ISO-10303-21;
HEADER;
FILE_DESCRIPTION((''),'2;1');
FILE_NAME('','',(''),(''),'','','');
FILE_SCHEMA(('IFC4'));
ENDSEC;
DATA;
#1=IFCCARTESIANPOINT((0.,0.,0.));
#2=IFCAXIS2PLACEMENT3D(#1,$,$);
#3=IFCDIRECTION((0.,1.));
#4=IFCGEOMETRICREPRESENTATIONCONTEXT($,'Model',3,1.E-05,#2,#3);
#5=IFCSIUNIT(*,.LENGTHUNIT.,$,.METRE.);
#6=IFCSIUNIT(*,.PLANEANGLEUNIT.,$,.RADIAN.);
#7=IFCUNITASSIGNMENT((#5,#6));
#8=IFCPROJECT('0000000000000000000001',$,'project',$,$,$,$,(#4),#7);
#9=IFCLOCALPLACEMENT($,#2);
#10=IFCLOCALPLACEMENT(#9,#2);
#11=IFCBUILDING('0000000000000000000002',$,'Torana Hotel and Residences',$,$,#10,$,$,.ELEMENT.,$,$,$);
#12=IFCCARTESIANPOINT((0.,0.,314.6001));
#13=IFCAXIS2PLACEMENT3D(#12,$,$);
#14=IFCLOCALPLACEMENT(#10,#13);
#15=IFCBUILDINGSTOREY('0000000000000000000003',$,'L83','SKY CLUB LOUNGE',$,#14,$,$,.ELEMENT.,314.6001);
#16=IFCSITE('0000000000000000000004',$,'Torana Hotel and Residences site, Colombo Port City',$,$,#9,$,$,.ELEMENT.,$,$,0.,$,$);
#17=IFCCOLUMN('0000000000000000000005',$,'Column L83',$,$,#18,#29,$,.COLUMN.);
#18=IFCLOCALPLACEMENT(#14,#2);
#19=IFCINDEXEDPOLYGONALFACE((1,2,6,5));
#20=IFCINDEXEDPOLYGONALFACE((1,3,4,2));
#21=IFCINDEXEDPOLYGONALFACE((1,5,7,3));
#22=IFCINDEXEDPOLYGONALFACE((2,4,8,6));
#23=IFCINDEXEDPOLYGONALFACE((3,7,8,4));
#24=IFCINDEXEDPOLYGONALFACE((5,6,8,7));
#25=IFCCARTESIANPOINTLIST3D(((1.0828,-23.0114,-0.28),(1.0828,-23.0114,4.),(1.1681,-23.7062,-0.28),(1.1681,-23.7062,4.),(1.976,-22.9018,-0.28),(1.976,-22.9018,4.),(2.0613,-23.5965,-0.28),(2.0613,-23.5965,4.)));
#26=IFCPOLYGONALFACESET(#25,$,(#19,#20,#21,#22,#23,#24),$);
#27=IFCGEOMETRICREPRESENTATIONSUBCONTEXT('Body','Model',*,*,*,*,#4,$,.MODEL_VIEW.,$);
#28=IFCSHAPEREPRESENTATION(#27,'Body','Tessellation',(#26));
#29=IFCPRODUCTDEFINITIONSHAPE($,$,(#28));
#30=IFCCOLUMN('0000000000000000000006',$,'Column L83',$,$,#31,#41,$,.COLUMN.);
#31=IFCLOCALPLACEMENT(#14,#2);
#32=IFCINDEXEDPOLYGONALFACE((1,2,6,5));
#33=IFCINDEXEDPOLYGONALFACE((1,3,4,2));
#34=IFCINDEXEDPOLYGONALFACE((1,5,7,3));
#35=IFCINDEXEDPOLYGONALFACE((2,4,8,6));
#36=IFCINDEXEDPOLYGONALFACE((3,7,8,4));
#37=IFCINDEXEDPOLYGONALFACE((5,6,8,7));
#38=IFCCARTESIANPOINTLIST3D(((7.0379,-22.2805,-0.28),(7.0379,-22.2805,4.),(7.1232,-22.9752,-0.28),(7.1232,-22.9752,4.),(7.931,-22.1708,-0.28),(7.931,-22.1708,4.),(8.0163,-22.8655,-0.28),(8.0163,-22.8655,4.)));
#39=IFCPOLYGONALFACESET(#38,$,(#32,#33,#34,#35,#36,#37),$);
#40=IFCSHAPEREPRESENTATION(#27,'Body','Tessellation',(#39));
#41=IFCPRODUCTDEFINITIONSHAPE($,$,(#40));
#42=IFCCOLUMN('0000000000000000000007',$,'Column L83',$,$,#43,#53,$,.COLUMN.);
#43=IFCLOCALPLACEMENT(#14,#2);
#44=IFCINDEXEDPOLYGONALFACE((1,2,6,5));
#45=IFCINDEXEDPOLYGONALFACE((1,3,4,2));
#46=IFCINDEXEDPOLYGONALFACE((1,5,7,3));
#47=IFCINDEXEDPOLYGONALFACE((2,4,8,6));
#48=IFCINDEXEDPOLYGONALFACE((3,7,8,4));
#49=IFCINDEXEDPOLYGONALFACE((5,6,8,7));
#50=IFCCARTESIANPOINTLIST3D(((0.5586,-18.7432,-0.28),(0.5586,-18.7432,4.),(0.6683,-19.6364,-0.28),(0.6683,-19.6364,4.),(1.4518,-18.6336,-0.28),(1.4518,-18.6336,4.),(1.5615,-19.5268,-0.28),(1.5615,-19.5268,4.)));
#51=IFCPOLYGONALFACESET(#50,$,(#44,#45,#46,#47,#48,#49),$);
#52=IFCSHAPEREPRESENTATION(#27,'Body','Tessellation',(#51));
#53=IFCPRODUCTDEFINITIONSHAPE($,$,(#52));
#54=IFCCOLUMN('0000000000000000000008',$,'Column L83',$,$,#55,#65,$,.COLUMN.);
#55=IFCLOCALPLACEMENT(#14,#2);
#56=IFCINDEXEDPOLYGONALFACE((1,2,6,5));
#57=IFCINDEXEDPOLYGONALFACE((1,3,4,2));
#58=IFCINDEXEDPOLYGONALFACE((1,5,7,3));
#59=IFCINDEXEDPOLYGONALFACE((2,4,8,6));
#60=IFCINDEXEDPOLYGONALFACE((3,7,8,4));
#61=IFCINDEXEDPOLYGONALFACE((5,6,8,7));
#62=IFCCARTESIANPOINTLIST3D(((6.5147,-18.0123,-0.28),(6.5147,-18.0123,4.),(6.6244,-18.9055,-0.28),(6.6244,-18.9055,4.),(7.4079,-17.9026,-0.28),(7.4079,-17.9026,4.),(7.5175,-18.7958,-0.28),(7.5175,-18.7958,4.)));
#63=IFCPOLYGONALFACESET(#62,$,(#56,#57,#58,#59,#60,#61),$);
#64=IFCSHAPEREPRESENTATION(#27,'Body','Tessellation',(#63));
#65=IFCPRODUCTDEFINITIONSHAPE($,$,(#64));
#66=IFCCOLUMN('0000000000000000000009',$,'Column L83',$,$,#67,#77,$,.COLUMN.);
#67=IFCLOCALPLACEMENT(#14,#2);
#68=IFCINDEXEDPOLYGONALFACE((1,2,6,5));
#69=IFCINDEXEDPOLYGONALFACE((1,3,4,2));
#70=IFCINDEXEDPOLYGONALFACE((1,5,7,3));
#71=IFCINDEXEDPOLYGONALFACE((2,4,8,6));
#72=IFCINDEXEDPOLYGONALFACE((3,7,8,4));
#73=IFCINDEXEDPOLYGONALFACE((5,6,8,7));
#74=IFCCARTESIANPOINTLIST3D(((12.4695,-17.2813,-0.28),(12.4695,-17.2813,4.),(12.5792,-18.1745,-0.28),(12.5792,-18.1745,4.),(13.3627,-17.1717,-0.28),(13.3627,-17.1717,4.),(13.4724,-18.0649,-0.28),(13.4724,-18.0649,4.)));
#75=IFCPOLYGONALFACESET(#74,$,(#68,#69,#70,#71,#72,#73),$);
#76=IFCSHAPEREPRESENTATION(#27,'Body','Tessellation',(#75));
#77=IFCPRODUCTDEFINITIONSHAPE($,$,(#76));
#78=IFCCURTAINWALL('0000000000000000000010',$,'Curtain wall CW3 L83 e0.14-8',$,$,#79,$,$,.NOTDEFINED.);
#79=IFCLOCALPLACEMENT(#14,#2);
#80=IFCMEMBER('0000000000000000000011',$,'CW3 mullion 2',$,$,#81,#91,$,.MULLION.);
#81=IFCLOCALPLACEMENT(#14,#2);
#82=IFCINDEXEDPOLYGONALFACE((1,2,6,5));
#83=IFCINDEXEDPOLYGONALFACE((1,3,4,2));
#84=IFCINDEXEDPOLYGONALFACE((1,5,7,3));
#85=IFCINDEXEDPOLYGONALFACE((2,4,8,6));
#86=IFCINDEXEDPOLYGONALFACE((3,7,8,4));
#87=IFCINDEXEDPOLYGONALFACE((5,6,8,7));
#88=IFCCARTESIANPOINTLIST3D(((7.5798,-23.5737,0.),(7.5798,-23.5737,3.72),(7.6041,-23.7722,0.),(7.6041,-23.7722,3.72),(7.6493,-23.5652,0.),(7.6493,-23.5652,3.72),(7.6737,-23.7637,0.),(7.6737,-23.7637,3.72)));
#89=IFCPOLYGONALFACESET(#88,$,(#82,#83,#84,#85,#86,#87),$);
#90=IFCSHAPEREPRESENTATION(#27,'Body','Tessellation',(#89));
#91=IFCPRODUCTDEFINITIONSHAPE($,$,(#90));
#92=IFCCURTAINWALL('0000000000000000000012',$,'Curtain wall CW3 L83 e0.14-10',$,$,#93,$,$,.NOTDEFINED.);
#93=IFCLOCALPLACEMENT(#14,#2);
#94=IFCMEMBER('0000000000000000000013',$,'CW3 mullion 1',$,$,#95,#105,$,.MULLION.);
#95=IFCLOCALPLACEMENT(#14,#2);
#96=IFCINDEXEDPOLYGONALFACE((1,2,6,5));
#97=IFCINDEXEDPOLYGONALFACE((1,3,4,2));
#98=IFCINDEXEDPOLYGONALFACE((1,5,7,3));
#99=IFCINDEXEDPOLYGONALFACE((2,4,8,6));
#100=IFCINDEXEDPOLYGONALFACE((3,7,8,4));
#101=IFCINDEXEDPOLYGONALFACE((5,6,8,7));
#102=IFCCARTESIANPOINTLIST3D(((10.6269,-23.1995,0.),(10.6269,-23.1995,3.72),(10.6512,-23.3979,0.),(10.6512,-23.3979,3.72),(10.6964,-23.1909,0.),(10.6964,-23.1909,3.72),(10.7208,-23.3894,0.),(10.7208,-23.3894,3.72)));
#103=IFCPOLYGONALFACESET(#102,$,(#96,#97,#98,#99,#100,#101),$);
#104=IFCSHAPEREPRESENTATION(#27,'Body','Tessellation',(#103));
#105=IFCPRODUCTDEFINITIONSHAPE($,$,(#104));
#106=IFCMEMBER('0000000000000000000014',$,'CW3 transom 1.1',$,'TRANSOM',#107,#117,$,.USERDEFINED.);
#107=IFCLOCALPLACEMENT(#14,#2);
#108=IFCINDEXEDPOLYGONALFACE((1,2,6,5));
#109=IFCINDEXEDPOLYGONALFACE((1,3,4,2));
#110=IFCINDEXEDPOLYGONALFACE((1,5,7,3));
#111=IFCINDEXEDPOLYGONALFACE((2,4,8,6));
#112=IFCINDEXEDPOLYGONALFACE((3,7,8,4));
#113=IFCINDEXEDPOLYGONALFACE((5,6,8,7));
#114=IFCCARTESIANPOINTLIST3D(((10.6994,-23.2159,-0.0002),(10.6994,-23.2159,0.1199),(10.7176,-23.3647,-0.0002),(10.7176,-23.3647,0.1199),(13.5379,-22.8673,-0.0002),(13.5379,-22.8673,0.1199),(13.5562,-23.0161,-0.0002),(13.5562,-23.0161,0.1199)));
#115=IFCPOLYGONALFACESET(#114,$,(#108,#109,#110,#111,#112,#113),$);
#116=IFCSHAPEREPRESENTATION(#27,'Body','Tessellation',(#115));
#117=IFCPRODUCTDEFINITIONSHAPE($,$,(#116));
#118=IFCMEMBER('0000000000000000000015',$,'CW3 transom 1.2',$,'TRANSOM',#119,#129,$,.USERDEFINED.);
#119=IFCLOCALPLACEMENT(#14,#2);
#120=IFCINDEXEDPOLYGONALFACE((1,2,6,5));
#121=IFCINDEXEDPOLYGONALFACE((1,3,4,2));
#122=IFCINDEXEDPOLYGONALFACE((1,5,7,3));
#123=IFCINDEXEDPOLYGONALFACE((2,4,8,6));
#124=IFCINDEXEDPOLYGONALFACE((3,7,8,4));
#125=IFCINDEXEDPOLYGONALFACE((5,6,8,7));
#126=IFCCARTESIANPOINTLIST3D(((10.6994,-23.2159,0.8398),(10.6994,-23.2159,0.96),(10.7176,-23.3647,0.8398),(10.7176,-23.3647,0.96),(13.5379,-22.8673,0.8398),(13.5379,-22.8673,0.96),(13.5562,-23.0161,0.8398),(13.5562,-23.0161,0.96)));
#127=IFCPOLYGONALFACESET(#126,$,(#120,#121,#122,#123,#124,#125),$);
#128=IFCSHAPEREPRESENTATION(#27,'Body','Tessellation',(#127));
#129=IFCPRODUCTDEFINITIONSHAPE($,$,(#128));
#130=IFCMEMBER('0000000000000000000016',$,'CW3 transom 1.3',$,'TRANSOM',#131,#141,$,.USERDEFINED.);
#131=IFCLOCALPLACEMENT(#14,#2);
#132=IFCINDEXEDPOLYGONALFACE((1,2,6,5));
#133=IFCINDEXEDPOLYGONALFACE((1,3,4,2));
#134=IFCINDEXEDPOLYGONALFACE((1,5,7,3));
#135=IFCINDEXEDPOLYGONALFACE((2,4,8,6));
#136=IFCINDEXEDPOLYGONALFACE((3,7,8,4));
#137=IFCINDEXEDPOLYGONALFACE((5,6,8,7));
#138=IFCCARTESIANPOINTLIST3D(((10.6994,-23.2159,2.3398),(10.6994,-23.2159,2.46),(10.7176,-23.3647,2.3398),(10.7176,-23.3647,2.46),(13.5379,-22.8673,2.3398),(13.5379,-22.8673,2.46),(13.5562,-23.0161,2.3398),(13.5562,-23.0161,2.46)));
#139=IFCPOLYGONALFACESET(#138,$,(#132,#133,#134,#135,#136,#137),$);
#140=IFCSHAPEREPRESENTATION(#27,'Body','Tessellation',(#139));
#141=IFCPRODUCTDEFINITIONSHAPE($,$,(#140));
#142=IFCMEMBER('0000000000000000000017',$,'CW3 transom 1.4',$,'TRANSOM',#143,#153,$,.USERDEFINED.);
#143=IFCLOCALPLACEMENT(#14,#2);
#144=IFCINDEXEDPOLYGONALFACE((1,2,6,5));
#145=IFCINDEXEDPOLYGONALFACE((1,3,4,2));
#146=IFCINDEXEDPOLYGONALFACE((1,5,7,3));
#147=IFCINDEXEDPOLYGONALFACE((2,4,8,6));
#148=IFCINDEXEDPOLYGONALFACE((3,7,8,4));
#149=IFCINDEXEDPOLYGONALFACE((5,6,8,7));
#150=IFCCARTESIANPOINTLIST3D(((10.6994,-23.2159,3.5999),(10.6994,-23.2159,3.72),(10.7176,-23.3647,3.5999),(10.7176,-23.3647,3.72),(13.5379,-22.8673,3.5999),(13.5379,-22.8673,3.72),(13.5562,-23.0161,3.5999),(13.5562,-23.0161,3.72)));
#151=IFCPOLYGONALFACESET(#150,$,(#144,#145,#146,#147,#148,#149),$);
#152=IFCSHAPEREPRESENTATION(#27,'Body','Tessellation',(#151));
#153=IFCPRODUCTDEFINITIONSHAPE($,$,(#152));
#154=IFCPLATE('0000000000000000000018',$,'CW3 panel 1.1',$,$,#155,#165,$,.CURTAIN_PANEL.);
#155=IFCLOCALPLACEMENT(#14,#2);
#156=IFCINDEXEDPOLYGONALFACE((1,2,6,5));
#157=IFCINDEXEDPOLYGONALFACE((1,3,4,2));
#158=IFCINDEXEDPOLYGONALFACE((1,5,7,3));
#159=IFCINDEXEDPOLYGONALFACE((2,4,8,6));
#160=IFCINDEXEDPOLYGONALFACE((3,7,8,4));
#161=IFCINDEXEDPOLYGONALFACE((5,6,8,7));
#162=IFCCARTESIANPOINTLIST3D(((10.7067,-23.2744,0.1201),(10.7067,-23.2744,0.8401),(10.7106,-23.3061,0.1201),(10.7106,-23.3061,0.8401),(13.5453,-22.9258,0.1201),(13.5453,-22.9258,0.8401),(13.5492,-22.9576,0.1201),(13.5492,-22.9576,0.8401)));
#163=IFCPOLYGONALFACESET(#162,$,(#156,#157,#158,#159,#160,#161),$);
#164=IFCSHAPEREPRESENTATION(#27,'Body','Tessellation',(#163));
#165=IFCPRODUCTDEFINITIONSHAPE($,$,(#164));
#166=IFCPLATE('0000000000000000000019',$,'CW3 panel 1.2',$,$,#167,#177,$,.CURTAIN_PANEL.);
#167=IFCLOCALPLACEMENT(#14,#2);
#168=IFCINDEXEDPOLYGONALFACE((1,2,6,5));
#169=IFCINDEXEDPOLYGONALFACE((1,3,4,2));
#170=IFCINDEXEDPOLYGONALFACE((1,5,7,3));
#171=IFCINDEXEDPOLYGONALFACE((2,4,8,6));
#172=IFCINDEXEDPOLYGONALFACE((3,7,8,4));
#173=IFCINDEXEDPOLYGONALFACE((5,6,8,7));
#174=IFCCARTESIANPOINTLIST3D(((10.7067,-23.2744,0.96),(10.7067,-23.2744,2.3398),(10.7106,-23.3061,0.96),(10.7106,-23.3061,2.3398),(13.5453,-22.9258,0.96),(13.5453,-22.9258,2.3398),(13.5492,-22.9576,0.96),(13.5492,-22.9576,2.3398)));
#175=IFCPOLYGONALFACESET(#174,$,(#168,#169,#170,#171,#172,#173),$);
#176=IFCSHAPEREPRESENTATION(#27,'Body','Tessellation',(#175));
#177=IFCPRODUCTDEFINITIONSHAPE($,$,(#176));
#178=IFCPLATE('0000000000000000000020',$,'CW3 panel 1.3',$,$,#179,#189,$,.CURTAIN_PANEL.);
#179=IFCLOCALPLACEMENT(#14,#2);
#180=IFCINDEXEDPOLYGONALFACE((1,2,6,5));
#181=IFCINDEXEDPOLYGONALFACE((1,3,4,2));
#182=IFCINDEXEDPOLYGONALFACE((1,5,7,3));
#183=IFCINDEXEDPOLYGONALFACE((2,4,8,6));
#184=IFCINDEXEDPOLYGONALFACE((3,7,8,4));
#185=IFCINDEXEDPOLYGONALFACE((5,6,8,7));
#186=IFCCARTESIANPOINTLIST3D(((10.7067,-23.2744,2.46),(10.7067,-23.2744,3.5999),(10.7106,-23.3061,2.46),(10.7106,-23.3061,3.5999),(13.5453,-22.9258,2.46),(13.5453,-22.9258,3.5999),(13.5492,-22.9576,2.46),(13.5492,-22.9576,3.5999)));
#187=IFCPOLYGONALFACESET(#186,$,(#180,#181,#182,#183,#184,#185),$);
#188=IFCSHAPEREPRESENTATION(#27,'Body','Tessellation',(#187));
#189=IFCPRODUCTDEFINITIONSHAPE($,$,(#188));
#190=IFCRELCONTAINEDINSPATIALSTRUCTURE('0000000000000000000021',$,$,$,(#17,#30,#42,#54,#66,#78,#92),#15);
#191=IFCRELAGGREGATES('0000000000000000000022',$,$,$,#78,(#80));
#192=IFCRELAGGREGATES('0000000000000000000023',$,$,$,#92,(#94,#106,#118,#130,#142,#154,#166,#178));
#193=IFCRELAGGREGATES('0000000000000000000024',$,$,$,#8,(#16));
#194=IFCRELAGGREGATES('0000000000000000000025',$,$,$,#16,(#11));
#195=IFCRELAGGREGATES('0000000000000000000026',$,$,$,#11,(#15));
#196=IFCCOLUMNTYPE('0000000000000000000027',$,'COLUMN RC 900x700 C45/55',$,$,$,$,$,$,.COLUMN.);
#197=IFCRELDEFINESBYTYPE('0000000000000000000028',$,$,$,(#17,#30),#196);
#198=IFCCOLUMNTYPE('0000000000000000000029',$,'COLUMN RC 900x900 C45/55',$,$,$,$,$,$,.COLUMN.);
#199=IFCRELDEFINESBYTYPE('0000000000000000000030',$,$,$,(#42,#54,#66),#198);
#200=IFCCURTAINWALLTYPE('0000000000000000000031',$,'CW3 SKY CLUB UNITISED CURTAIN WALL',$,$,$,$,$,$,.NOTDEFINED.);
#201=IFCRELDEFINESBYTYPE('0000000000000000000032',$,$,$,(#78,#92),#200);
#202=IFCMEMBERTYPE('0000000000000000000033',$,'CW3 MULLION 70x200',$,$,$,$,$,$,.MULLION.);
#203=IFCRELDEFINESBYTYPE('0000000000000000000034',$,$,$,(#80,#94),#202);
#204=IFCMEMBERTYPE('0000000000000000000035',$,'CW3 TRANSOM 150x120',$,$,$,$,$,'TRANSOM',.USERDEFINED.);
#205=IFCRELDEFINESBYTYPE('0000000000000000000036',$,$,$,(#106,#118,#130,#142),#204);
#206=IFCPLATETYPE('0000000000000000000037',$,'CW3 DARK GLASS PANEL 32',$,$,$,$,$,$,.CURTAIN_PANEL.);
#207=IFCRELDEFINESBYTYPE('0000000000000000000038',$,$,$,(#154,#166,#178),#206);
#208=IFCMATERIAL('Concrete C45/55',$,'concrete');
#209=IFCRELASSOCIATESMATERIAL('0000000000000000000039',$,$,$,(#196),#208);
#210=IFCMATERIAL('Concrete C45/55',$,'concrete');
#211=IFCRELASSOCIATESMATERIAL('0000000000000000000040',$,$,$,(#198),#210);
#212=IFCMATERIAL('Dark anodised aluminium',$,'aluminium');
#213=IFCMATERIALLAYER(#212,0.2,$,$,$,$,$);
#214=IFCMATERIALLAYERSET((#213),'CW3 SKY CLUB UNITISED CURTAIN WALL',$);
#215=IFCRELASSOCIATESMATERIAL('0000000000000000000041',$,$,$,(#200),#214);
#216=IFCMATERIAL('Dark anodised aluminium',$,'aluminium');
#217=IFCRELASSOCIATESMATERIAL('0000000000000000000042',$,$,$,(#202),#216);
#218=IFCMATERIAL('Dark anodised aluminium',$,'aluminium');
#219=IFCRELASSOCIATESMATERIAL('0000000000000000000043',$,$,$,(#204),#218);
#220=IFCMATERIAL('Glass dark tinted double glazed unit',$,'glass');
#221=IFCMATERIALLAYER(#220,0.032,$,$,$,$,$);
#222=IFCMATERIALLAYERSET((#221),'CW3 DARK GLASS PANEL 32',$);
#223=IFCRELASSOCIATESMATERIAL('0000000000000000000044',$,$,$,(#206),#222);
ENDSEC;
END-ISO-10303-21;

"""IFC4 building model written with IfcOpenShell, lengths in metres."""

from ifc_helpers import new_model, si_unit, direction, frame, origin, origin_2d, place, context, subcontext, project, spatial, rectangle, extrude, material, layer, layer_set, material_profile, profile_set, type_object, element, aggregate, save


model = new_model("IFC4")

# Units and contexts
model_context = context("Model", 3, precision=1e-05, world=origin(), true_north=direction((0.0, 1.0)))
body_context = subcontext(model_context, "Body", "Model", "MODEL_VIEW")
ifc_project = project(units=[si_unit("LENGTHUNIT", "METRE"), si_unit("PLANEANGLEUNIT", "RADIAN")], contexts=[model_context])

# Site, building, storey
site_placement = place(None, origin())
site = spatial("IfcSite", under=ifc_project, at=site_placement, Name="Torana Hotel and Residences site, Colombo Port City", CompositionType="ELEMENT", RefElevation=0.0)
building_placement = place(site_placement, origin())
building = spatial("IfcBuilding", under=site, at=building_placement, Name="Torana Hotel and Residences", CompositionType="ELEMENT")
storey_placement = place(building_placement, frame((0.0, 0.0, 314.6001)))
storey = spatial("IfcBuildingStorey", under=building, at=storey_placement, Name="L83", Description="SKY CLUB LOUNGE", CompositionType="ELEMENT", Elevation=314.6001)

# Columns
ifc_material_1 = material(Name="Concrete C45/55", Category="concrete")
ifc_material_profile_1 = material_profile(ifc_material_1, rectangle(XDim=0.8999, YDim=0.7, at=origin_2d()), Name="RC 900x700")
ifc_profile_set_1 = profile_set([ifc_material_profile_1], Name="Concrete C45/55")
column_type_1 = type_object("IfcColumnType", Name="COLUMN RC 900x700 C45/55", PredefinedType="COLUMN", material=ifc_profile_set_1)
for number, where, z_axis, x_axis, name in (
    (1, (1.572, -23.304, -0.28), (0.0, 0.0, 1.0), (0.992546, 0.121869, 0.0), "Column L83"),
    (2, (7.5271, -22.573, -0.28), (0.0, 0.0, 1.0), (0.992546, 0.121869, 0.0), "Column L83"),
):
    element("IfcColumn", number, at=place(storey_placement, frame(where, z_axis=z_axis, x_axis=x_axis)), inside=storey, type_object=column_type_1, Name=name, PredefinedType="COLUMN", context=body_context, shape_type="SweptSolid", body=[
        extrude(rectangle(XDim=0.8999, YDim=0.7, at=origin_2d()), origin(), (0.0, 0.0, 1.0), 4.28),
    ])
ifc_material_2 = material(Name="Concrete C45/55", Category="concrete")
ifc_material_profile_2 = material_profile(ifc_material_2, rectangle(XDim=0.8999, YDim=0.8999, at=origin_2d()), Name="RC 900x900")
ifc_profile_set_2 = profile_set([ifc_material_profile_2], Name="Concrete C45/55")
column_type_2 = type_object("IfcColumnType", Name="COLUMN RC 900x900 C45/55", PredefinedType="COLUMN", material=ifc_profile_set_2)
for number, where, z_axis, x_axis, name in (
    (3, (1.0601, -19.135, -0.28), (0.0, 0.0, 1.0), (0.992546, 0.121869, 0.0), "Column L83"),
    (4, (7.0161, -18.4041, -0.28), (0.0, 0.0, 1.0), (0.992546, 0.121869, 0.0), "Column L83"),
    (5, (12.9709, -17.6731, -0.28), (0.0, 0.0, 1.0), (0.992546, 0.121869, 0.0), "Column L83"),
):
    element("IfcColumn", number, at=place(storey_placement, frame(where, z_axis=z_axis, x_axis=x_axis)), inside=storey, type_object=column_type_2, Name=name, PredefinedType="COLUMN", context=body_context, shape_type="SweptSolid", body=[
        extrude(rectangle(XDim=0.8999, YDim=0.8999, at=origin_2d()), origin(), (0.0, 0.0, 1.0), 4.28),
    ])

# Curtain wall, member
ifc_material_3 = material(Name="Dark anodised aluminium", Category="aluminium")
ifc_layer_1 = layer(ifc_material_3, 0.2)
ifc_layer_set_1 = layer_set([ifc_layer_1], Name="CW3 SKY CLUB UNITISED CURTAIN WALL")
curtain_wall_type = type_object("IfcCurtainWallType", Name="CW3 SKY CLUB UNITISED CURTAIN WALL", PredefinedType="NOTDEFINED", material=ifc_layer_set_1)
curtain_wall_1_placement = place(storey_placement, origin())
curtain_wall_1 = element("IfcCurtainWall", 6, at=curtain_wall_1_placement, inside=storey, type_object=curtain_wall_type, Name="Curtain wall CW3 L83 e0.14-8", PredefinedType="NOTDEFINED")
ifc_material_4 = material(Name="Dark anodised aluminium", Category="aluminium")
ifc_material_profile_3 = material_profile(ifc_material_4, rectangle(XDim=0.2, YDim=0.0701, at=origin_2d()), Name="CW3 MULLION 70x200")
ifc_profile_set_3 = profile_set([ifc_material_profile_3], Name="Dark anodised aluminium")
member_type_1 = type_object("IfcMemberType", Name="CW3 MULLION 70x200", PredefinedType="MULLION", material=ifc_profile_set_3)
member_1_placement = place(storey_placement, frame((7.6267, -23.6687, 0.0), z_axis=(0.0, 0.0, 1.0), x_axis=(-0.121868, 0.992546, 0.0)))
member_1 = element("IfcMember", 7, at=member_1_placement, type_object=member_type_1, Name="CW3 mullion 2", PredefinedType="MULLION", context=body_context, shape_type="SweptSolid", body=[
    extrude(rectangle(XDim=0.2, YDim=0.0701, at=origin_2d()), origin(), (0.0, 0.0, 1.0), 3.72),
])
aggregate(curtain_wall_1, [member_1])

# Curtain wall, members, plates
curtain_wall_2_placement = place(storey_placement, origin())
curtain_wall_2 = element("IfcCurtainWall", 8, at=curtain_wall_2_placement, inside=storey, type_object=curtain_wall_type, Name="Curtain wall CW3 L83 e0.14-10", PredefinedType="NOTDEFINED")
member_2_placement = place(storey_placement, frame((10.6738, -23.2944, 0.0), z_axis=(0.0, 0.0, 1.0), x_axis=(-0.121868, 0.992546, 0.0)))
member_2 = element("IfcMember", 9, at=member_2_placement, type_object=member_type_1, Name="CW3 mullion 1", PredefinedType="MULLION", context=body_context, shape_type="SweptSolid", body=[
    extrude(rectangle(XDim=0.2, YDim=0.0701, at=origin_2d()), origin(), (0.0, 0.0, 1.0), 3.72),
])
ifc_material_5 = material(Name="Dark anodised aluminium", Category="aluminium")
ifc_material_profile_4 = material_profile(ifc_material_5, rectangle(XDim=0.1499, YDim=0.1201, at=origin_2d()), Name="CW3 TRANSOM 150x120")
ifc_profile_set_4 = profile_set([ifc_material_profile_4], Name="Dark anodised aluminium")
member_type_2 = type_object("IfcMemberType", Name="CW3 TRANSOM 150x120", ElementType="TRANSOM", PredefinedType="USERDEFINED", material=ifc_profile_set_4)
member_3_placement = place(storey_placement, frame((10.7085, -23.2903, 0.0598), z_axis=(0.992542, 0.121902, 0.0), x_axis=(-0.121902, 0.992542, 0.0)))
member_3 = element("IfcMember", 10, at=member_3_placement, type_object=member_type_2, Name="CW3 transom 1.1", ObjectType="TRANSOM", PredefinedType="USERDEFINED", context=body_context, shape_type="SweptSolid", body=[
    extrude(rectangle(XDim=0.1499, YDim=0.1201, at=origin_2d()), origin(), (0.0, 0.0, 1.0), 2.8599),
])
member_4_placement = place(storey_placement, frame((10.7085, -23.2903, 0.8999), z_axis=(0.992542, 0.121902, 0.0), x_axis=(-0.121902, 0.992542, 0.0)))
member_4 = element("IfcMember", 11, at=member_4_placement, type_object=member_type_2, Name="CW3 transom 1.2", ObjectType="TRANSOM", PredefinedType="USERDEFINED", context=body_context, shape_type="SweptSolid", body=[
    extrude(rectangle(XDim=0.1499, YDim=0.1201, at=origin_2d()), origin(), (0.0, 0.0, 1.0), 2.8599),
])
member_5_placement = place(storey_placement, frame((10.7085, -23.2903, 2.3999), z_axis=(0.992542, 0.121902, 0.0), x_axis=(-0.121902, 0.992542, 0.0)))
member_5 = element("IfcMember", 12, at=member_5_placement, type_object=member_type_2, Name="CW3 transom 1.3", ObjectType="TRANSOM", PredefinedType="USERDEFINED", context=body_context, shape_type="SweptSolid", body=[
    extrude(rectangle(XDim=0.1499, YDim=0.1201, at=origin_2d()), origin(), (0.0, 0.0, 1.0), 2.8599),
])
member_6_placement = place(storey_placement, frame((10.7085, -23.2903, 3.6599), z_axis=(0.992542, 0.121902, 0.0), x_axis=(-0.121902, 0.992542, 0.0)))
member_6 = element("IfcMember", 13, at=member_6_placement, type_object=member_type_2, Name="CW3 transom 1.4", ObjectType="TRANSOM", PredefinedType="USERDEFINED", context=body_context, shape_type="SweptSolid", body=[
    extrude(rectangle(XDim=0.1499, YDim=0.1201, at=origin_2d()), origin(), (0.0, 0.0, 1.0), 2.8599),
])
ifc_material_6 = material(Name="Glass dark tinted double glazed unit", Category="glass")
ifc_layer_2 = layer(ifc_material_6, 0.032)
ifc_layer_set_2 = layer_set([ifc_layer_2], Name="CW3 DARK GLASS PANEL 32")
plate_type = type_object("IfcPlateType", Name="CW3 DARK GLASS PANEL 32", PredefinedType="CURTAIN_PANEL", material=ifc_layer_set_2)
plate_1_placement = place(storey_placement, frame((12.1279, -23.116, 0.1201), z_axis=(0.0, 0.0, 1.0), x_axis=(0.992546, 0.121868, 0.0)))
plate_1 = element("IfcPlate", 14, at=plate_1_placement, type_object=plate_type, Name="CW3 panel 1.1", PredefinedType="CURTAIN_PANEL", context=body_context, shape_type="SweptSolid", body=[
    extrude(rectangle(XDim=2.8599, YDim=0.032, at=origin_2d()), origin(), (0.0, 0.0, 1.0), 0.72),
])
plate_2_placement = place(storey_placement, frame((12.1279, -23.116, 0.96), z_axis=(0.0, 0.0, 1.0), x_axis=(0.992546, 0.121868, 0.0)))
plate_2 = element("IfcPlate", 15, at=plate_2_placement, type_object=plate_type, Name="CW3 panel 1.2", PredefinedType="CURTAIN_PANEL", context=body_context, shape_type="SweptSolid", body=[
    extrude(rectangle(XDim=2.8599, YDim=0.032, at=origin_2d()), origin(), (0.0, 0.0, 1.0), 1.3799),
])
plate_3_placement = place(storey_placement, frame((12.1279, -23.116, 2.46), z_axis=(0.0, 0.0, 1.0), x_axis=(0.992546, 0.121868, 0.0)))
plate_3 = element("IfcPlate", 16, at=plate_3_placement, type_object=plate_type, Name="CW3 panel 1.3", PredefinedType="CURTAIN_PANEL", context=body_context, shape_type="SweptSolid", body=[
    extrude(rectangle(XDim=2.8599, YDim=0.032, at=origin_2d()), origin(), (0.0, 0.0, 1.0), 1.1399),
])
aggregate(curtain_wall_2, [member_2, member_3, member_4, member_5, member_6, plate_1, plate_2, plate_3])

save(model, "model.ifc")
